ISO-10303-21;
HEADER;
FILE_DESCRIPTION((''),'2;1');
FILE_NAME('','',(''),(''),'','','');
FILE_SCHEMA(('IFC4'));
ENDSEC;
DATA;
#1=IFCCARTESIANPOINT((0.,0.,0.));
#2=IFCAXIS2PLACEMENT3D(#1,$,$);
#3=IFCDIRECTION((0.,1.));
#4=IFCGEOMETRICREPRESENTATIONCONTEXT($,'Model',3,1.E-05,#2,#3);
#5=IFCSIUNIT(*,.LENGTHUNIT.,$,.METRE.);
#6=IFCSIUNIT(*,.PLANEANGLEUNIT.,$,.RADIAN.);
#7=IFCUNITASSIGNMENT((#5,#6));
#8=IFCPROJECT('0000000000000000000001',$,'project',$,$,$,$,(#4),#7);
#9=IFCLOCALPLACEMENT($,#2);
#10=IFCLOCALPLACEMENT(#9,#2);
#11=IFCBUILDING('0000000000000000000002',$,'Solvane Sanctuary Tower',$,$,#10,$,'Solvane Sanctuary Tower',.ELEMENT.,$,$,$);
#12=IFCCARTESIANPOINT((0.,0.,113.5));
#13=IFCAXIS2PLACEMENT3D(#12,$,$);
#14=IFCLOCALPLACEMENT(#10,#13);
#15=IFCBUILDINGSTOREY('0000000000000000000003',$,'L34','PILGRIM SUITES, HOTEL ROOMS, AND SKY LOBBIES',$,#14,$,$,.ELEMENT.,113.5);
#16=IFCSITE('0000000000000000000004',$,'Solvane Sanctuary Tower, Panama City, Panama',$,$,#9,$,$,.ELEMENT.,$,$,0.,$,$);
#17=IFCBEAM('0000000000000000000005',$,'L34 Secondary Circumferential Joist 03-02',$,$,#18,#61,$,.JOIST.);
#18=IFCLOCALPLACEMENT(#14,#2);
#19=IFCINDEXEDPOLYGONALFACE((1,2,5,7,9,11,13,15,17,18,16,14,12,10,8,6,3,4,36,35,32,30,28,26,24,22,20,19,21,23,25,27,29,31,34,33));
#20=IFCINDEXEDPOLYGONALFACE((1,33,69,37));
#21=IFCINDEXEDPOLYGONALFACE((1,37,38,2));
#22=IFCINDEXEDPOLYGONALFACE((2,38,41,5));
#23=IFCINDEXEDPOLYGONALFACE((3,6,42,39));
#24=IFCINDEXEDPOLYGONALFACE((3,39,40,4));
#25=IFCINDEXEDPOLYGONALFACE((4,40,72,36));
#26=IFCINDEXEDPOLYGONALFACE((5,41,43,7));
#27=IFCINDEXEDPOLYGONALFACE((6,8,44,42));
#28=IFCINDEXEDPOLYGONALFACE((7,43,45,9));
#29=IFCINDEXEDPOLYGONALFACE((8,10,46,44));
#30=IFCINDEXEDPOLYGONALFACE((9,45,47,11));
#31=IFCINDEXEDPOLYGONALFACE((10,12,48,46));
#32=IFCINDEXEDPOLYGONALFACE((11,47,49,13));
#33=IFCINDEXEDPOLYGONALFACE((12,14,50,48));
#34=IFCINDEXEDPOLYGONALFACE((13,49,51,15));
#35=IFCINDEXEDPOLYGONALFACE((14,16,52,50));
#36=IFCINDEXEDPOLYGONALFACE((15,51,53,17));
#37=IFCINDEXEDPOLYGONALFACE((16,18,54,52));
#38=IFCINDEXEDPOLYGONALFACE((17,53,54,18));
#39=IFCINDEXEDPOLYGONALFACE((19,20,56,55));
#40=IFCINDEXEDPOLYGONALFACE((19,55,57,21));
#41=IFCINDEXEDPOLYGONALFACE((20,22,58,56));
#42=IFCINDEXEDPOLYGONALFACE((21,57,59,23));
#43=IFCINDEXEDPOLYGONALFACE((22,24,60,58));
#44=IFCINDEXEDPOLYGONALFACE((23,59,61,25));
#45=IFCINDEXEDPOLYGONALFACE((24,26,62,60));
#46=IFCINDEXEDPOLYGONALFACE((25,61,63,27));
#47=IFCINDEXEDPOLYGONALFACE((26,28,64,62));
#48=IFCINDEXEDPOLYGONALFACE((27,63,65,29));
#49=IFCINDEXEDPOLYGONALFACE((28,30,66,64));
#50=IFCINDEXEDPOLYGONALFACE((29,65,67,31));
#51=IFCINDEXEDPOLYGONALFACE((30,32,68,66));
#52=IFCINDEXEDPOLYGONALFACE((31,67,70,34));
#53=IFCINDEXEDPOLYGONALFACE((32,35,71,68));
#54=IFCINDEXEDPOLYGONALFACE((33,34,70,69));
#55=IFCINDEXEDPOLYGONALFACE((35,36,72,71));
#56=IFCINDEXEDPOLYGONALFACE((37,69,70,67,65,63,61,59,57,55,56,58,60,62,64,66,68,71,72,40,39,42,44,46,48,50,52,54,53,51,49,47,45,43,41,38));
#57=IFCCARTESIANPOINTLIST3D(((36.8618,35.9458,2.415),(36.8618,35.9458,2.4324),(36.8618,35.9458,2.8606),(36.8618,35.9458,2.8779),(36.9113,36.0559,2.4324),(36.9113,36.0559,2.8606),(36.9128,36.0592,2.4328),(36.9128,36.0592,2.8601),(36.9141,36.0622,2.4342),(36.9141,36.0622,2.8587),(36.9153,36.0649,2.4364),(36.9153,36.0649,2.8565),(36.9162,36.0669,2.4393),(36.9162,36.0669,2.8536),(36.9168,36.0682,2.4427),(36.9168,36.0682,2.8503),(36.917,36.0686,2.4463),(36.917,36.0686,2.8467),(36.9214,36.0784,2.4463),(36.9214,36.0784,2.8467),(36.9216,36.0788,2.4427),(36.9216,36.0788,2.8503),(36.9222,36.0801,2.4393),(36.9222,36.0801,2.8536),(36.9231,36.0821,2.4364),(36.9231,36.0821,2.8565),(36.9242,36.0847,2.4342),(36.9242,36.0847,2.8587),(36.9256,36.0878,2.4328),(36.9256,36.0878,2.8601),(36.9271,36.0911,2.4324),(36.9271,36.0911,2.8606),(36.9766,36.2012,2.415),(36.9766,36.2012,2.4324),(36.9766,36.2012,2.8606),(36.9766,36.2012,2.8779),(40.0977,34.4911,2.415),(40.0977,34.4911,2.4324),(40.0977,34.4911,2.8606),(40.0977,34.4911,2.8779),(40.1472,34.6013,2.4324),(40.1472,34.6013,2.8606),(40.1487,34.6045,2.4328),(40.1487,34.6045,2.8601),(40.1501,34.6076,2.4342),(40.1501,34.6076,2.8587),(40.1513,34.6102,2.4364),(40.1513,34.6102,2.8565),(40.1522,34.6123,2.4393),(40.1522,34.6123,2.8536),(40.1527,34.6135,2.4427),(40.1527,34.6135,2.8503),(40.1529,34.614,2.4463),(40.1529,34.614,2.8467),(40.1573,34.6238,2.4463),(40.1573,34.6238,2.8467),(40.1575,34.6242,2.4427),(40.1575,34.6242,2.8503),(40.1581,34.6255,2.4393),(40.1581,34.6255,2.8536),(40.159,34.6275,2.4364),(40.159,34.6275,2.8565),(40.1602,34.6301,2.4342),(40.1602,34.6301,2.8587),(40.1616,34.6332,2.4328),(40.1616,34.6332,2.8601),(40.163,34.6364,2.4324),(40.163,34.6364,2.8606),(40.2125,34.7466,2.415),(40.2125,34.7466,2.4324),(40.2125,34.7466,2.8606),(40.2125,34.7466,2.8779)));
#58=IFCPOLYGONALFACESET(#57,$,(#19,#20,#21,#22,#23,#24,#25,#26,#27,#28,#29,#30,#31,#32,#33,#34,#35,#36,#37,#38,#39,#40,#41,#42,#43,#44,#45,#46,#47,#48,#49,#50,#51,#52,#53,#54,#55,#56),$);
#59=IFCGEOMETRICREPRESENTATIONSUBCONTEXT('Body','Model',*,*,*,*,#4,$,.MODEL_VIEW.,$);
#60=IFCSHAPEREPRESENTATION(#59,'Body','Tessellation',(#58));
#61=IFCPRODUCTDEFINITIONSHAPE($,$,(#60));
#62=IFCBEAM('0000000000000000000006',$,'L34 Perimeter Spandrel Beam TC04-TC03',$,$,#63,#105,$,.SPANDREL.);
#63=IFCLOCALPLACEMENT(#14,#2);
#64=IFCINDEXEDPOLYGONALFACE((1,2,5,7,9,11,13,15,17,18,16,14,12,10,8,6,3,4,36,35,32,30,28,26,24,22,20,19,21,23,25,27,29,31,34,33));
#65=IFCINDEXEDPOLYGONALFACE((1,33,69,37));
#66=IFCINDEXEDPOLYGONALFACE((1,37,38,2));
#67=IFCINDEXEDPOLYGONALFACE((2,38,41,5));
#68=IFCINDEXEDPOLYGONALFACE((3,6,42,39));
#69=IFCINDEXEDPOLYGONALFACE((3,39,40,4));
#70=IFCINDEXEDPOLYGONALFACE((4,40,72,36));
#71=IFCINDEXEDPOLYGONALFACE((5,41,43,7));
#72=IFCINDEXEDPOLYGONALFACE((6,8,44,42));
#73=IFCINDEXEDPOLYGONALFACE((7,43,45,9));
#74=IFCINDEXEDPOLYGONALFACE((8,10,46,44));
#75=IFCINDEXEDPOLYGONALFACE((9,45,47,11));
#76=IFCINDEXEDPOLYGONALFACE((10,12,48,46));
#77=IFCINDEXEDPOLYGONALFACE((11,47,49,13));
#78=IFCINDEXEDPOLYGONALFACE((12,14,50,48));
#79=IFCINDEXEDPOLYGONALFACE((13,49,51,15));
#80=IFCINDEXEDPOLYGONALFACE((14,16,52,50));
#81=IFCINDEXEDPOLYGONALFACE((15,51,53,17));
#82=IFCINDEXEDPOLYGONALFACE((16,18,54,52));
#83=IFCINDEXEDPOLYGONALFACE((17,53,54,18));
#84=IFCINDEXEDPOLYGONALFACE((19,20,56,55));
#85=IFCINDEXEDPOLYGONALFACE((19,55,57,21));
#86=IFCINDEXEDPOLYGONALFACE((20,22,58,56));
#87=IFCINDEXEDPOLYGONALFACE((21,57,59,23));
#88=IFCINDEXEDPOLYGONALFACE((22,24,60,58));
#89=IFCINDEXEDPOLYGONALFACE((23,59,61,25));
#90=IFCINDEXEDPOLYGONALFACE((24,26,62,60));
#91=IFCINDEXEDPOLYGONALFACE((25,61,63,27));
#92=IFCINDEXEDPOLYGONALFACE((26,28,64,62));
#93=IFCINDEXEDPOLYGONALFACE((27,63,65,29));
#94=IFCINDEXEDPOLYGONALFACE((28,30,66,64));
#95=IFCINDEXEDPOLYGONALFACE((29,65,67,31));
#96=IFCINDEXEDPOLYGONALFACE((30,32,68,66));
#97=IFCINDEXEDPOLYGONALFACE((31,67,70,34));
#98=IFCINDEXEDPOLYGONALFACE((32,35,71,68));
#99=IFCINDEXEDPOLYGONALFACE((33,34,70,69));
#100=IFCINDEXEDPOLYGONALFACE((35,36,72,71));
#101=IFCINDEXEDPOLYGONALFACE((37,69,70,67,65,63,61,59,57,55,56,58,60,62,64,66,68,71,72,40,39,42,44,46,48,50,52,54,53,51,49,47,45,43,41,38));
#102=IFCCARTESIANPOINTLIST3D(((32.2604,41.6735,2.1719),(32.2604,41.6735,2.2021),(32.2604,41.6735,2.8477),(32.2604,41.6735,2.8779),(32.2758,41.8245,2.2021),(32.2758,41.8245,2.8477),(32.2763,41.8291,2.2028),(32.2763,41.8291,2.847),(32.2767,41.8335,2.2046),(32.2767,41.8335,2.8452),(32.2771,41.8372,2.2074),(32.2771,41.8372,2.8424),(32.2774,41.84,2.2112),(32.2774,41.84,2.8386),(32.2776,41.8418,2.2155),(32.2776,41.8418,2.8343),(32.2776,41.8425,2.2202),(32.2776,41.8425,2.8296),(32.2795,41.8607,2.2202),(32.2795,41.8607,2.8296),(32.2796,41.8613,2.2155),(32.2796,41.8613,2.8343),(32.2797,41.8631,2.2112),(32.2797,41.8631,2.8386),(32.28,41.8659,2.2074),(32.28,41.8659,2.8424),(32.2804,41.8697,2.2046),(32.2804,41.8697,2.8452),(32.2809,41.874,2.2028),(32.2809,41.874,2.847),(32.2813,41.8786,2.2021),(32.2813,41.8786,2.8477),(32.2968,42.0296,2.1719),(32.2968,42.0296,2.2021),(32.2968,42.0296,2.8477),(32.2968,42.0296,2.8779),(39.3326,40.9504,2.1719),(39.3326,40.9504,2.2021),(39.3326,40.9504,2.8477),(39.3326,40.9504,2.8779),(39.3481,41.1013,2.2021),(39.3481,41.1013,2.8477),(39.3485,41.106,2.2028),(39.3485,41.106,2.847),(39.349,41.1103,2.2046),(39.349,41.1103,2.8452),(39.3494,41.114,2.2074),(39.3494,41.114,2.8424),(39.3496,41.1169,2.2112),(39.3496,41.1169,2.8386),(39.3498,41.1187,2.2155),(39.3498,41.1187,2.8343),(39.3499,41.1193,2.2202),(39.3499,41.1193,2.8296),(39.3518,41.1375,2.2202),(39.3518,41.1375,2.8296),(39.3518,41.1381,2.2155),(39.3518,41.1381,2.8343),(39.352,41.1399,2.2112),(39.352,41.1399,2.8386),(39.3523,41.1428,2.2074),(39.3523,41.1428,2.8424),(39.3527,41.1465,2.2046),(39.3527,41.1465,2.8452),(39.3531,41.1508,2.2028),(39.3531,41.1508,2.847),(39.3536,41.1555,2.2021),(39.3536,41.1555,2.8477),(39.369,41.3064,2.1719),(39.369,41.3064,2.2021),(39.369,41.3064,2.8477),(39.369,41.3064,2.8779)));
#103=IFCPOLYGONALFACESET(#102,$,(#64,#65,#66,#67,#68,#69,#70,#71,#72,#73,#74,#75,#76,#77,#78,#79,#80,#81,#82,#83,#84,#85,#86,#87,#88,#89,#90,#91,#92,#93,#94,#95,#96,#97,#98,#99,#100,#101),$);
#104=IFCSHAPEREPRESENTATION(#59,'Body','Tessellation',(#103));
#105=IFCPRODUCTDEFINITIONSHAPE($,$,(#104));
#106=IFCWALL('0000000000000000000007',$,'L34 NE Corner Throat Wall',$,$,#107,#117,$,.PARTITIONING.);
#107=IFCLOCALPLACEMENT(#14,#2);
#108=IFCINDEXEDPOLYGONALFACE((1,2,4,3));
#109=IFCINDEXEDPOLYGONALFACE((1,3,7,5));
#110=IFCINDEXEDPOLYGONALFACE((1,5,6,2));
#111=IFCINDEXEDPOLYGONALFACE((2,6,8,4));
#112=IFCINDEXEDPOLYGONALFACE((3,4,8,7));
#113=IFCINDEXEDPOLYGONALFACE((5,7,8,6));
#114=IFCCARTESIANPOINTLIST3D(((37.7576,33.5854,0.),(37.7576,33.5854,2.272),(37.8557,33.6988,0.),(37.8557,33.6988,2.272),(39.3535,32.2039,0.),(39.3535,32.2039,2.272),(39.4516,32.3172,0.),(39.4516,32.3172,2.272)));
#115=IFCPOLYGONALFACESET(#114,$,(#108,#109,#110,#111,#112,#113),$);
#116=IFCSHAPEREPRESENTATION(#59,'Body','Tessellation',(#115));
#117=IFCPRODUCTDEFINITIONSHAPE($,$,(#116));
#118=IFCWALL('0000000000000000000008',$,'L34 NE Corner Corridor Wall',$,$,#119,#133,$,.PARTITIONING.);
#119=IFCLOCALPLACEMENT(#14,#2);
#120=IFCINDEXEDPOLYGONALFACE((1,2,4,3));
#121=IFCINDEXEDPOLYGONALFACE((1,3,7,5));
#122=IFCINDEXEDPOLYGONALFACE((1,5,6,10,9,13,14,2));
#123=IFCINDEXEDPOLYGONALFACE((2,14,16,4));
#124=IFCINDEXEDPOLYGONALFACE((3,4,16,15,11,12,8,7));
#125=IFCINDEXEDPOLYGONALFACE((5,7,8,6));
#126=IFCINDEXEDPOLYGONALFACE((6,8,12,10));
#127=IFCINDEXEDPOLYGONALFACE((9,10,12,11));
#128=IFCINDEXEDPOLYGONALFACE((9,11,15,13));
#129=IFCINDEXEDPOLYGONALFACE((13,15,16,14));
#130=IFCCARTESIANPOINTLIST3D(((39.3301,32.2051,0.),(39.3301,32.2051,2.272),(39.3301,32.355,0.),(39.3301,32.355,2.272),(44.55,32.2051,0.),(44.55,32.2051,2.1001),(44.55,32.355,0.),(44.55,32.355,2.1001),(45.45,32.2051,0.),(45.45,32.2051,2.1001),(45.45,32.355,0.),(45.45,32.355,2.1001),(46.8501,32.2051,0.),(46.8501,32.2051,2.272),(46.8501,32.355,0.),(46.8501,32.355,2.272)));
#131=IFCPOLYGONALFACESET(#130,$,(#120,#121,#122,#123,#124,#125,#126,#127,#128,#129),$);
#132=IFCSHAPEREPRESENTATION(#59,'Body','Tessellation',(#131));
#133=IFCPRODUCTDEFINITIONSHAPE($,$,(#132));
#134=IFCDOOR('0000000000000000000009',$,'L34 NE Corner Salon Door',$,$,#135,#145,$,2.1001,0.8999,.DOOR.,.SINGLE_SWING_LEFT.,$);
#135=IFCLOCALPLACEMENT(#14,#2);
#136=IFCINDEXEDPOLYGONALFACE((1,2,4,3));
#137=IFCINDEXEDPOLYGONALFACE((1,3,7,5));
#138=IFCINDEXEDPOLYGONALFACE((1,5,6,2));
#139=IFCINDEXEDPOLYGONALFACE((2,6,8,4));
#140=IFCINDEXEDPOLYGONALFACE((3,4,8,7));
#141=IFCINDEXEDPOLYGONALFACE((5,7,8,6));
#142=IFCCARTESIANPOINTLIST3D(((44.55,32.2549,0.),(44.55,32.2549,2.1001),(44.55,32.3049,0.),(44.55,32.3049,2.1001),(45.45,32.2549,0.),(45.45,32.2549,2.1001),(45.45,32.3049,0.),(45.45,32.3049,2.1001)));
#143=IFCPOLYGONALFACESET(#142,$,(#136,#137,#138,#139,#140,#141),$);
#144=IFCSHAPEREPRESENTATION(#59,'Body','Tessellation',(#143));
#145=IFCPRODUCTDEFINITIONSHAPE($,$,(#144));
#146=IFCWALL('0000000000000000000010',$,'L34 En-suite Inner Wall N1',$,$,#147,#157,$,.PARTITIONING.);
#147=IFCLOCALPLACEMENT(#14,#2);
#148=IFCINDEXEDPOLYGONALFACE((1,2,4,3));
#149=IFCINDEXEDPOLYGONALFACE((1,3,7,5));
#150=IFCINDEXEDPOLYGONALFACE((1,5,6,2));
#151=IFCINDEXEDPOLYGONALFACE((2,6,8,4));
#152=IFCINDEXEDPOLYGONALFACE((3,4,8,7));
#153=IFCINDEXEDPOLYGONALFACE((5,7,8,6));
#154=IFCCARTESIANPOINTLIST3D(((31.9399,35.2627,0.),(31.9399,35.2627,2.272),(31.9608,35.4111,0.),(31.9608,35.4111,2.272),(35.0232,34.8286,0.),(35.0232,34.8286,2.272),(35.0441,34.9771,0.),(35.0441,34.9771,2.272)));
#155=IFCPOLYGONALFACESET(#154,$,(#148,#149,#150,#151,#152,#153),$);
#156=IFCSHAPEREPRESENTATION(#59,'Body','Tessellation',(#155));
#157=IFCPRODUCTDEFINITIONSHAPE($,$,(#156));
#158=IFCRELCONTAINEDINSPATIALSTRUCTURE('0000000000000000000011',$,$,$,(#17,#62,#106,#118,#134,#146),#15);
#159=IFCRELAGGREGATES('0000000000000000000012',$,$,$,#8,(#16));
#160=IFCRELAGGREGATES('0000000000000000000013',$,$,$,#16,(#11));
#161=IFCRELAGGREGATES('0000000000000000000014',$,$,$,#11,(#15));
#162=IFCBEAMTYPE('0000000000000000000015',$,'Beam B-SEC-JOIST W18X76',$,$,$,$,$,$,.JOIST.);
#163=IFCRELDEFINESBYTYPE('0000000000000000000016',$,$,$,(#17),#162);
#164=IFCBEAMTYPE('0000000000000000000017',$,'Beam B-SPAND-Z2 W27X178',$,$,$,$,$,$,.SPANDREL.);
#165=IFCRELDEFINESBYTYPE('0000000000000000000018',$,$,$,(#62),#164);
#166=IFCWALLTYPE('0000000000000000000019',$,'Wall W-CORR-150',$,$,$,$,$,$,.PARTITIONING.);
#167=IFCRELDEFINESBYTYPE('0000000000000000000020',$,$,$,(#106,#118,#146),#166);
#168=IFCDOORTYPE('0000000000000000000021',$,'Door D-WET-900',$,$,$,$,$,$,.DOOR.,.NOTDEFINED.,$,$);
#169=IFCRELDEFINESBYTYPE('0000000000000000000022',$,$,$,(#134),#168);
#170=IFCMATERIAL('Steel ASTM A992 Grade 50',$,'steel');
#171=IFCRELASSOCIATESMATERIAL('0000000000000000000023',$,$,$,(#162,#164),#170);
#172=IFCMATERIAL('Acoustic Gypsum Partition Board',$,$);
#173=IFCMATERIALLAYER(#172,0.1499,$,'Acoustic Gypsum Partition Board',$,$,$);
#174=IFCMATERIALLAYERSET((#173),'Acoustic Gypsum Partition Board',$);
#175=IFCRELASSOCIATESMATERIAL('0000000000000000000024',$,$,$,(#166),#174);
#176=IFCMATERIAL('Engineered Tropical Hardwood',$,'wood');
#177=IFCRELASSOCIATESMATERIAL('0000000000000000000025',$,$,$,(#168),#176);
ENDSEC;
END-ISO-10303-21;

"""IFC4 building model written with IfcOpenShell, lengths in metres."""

from ifc_helpers import new_model, si_unit, direction, frame, frame_2d, origin, origin_2d, place, context, subcontext, project, spatial, rectangle, i_section, extrude, material, layer, layer_set, material_profile, profile_set, type_object, element, fill, save


model = new_model("IFC4")

# Units and contexts
model_context = context("Model", 3, precision=1e-05, world=origin(), true_north=direction((0.0, 1.0)))
body_context = subcontext(model_context, "Body", "Model", "MODEL_VIEW")
ifc_project = project(units=[si_unit("LENGTHUNIT", "METRE"), si_unit("PLANEANGLEUNIT", "RADIAN")], contexts=[model_context])

# Site, building, storey
site_placement = place(None, origin())
site = spatial("IfcSite", under=ifc_project, at=site_placement, Name="Solvane Sanctuary Tower, Panama City, Panama", CompositionType="ELEMENT", RefElevation=0.0)
building_placement = place(site_placement, origin())
building = spatial("IfcBuilding", under=site, at=building_placement, Name="Solvane Sanctuary Tower", LongName="Solvane Sanctuary Tower", CompositionType="ELEMENT")
storey_placement = place(building_placement, frame((0.0, 0.0, 113.5)))
storey = spatial("IfcBuildingStorey", under=building, at=storey_placement, Name="L34", Description="PILGRIM SUITES, HOTEL ROOMS, AND SKY LOBBIES", CompositionType="ELEMENT", Elevation=113.5)

# Beams
ifc_material_1 = material(Name="Steel ASTM A992 Grade 50", Category="steel")
ifc_material_profile_1 = material_profile(ifc_material_1, i_section(OverallWidth=0.28, OverallDepth=0.4629, WebThickness=0.0107, FlangeThickness=0.0173, FilletRadius=0.0139, at=origin_2d()), Name="W18X76")
ifc_profile_set_1 = profile_set([ifc_material_profile_1], Name="Steel ASTM A992 Grade 50")
beam_type_1 = type_object("IfcBeamType", Name="Beam B-SEC-JOIST W18X76", PredefinedType="JOIST", material=ifc_profile_set_1)
beam_1_placement = place(storey_placement, frame((36.9192, 36.0735, 2.6465), z_axis=(0.912084, -0.410004, 0.0), x_axis=(0.410004, 0.912084, 0.0)))
element("IfcBeam", 1, at=beam_1_placement, inside=storey, type_object=beam_type_1, Name="L34 Secondary Circumferential Joist 03-02", PredefinedType="JOIST", context=body_context, shape_type="SweptSolid", body=[
    extrude(i_section(OverallWidth=0.28, OverallDepth=0.4629, WebThickness=0.0107, FlangeThickness=0.0173, FilletRadius=0.0139, at=origin_2d()), origin(), (0.0, 0.0, 1.0), 3.5479),
])
ifc_material_profile_2 = material_profile(ifc_material_1, i_section(OverallWidth=0.3579, OverallDepth=0.7061, WebThickness=0.0183, FlangeThickness=0.0303, FilletRadius=0.0181, at=origin_2d()), Name="W27X178")
ifc_profile_set_2 = profile_set([ifc_material_profile_2], Name="Steel ASTM A992 Grade 50")
beam_type_2 = type_object("IfcBeamType", Name="Beam B-SPAND-Z2 W27X178", PredefinedType="SPANDREL", material=ifc_profile_set_2)
beam_2_placement = place(storey_placement, frame((32.2786, 41.8516, 2.5249), z_axis=(0.994813, -0.10172, 0.0), x_axis=(0.10172, 0.994813, 0.0)))
element("IfcBeam", 2, at=beam_2_placement, inside=storey, type_object=beam_type_2, Name="L34 Perimeter Spandrel Beam TC04-TC03", PredefinedType="SPANDREL", context=body_context, shape_type="SweptSolid", body=[
    extrude(i_section(OverallWidth=0.3579, OverallDepth=0.7061, WebThickness=0.0183, FlangeThickness=0.0303, FilletRadius=0.0181, at=origin_2d()), origin(), (0.0, 0.0, 1.0), 7.1091),
])

# Wall
ifc_material_2 = material(Name="Acoustic Gypsum Partition Board")
ifc_layer_1 = layer(ifc_material_2, 0.1499, Name="Acoustic Gypsum Partition Board")
ifc_layer_set_1 = layer_set([ifc_layer_1], Name="Acoustic Gypsum Partition Board")
wall_type_1 = type_object("IfcWallType", Name="Wall W-CORR-150", PredefinedType="PARTITIONING", material=ifc_layer_set_1)
wall_1_placement = place(storey_placement, frame((37.8066, 33.6421, 0.0), z_axis=(0.0, 0.0, 1.0), x_axis=(0.756055, -0.654508, 0.0)))
element("IfcWall", 3, at=wall_1_placement, inside=storey, type_object=wall_type_1, Name="L34 NE Corner Throat Wall", PredefinedType="PARTITIONING", context=body_context, shape_type="SweptSolid", body=[
    extrude(rectangle(XDim=2.1108, YDim=0.1499, at=frame_2d((1.0554, 0.0))), origin(), (0.0, 0.0, 1.0), 2.272),
])

# Wall, opening, door
wall_2_placement = place(storey_placement, frame((39.3301, 32.28, 0.0), z_axis=(0.0, 0.0, 1.0), x_axis=(1.0, 0.0, 0.0)))
wall_2 = element("IfcWall", 4, at=wall_2_placement, inside=storey, type_object=wall_type_1, Name="L34 NE Corner Corridor Wall", PredefinedType="PARTITIONING", context=body_context, shape_type="SweptSolid", body=[
    extrude(rectangle(XDim=7.52, YDim=0.1499, at=frame_2d((3.76, 0.0))), origin(), (0.0, 0.0, 1.0), 2.272),
])
opening_1_placement = place(wall_2_placement, frame((5.22, 0.0, 0.0)))
opening_1 = element("IfcOpeningElement", 5, at=opening_1_placement, cuts=wall_2, PredefinedType="OPENING", context=body_context, shape_type="SweptSolid", body=[
    extrude(rectangle(XDim=0.8999, YDim=2.1001, at=frame_2d((0.45, 1.05))), frame((0.0, 0.085, 0.0), z_axis=(0.0, -1.0, 0.0), x_axis=(1.0, 0.0, 0.0)), (0.0, 0.0, 1.0), 0.1699),
])
ifc_material_3 = material(Name="Engineered Tropical Hardwood", Category="wood")
door_type_1 = type_object("IfcDoorType", Name="Door D-WET-900", OperationType="NOTDEFINED", PredefinedType="DOOR", material=ifc_material_3)
door_1_placement = place(opening_1_placement, origin())
door_1 = element("IfcDoor", 6, at=door_1_placement, inside=storey, type_object=door_type_1, Name="L34 NE Corner Salon Door", OperationType="SINGLE_SWING_LEFT", OverallHeight=2.1001, OverallWidth=0.8999, PredefinedType="DOOR", context=body_context, shape_type="SweptSolid", body=[
    extrude(rectangle(XDim=0.8999, YDim=2.1001, at=frame_2d((0.45, 1.05))), frame((0.0, 0.0249, 0.0), z_axis=(0.0, -1.0, 0.0), x_axis=(1.0, 0.0, 0.0)), (0.0, 0.0, 1.0), 0.05),
])
fill(opening_1, door_1)

# Wall
wall_3_placement = place(storey_placement, frame((35.0337, 34.9028, 0.0), z_axis=(0.0, 0.0, 1.0), x_axis=(-0.990234, 0.139412, 0.0)))
element("IfcWall", 7, at=wall_3_placement, inside=storey, type_object=wall_type_1, Name="L34 En-suite Inner Wall N1", PredefinedType="PARTITIONING", context=body_context, shape_type="SweptSolid", body=[
    extrude(rectangle(XDim=3.1138, YDim=0.1499, at=frame_2d((1.5569, 0.0))), origin(), (0.0, 0.0, 1.0), 2.272),
])

save(model, "model.ifc")
